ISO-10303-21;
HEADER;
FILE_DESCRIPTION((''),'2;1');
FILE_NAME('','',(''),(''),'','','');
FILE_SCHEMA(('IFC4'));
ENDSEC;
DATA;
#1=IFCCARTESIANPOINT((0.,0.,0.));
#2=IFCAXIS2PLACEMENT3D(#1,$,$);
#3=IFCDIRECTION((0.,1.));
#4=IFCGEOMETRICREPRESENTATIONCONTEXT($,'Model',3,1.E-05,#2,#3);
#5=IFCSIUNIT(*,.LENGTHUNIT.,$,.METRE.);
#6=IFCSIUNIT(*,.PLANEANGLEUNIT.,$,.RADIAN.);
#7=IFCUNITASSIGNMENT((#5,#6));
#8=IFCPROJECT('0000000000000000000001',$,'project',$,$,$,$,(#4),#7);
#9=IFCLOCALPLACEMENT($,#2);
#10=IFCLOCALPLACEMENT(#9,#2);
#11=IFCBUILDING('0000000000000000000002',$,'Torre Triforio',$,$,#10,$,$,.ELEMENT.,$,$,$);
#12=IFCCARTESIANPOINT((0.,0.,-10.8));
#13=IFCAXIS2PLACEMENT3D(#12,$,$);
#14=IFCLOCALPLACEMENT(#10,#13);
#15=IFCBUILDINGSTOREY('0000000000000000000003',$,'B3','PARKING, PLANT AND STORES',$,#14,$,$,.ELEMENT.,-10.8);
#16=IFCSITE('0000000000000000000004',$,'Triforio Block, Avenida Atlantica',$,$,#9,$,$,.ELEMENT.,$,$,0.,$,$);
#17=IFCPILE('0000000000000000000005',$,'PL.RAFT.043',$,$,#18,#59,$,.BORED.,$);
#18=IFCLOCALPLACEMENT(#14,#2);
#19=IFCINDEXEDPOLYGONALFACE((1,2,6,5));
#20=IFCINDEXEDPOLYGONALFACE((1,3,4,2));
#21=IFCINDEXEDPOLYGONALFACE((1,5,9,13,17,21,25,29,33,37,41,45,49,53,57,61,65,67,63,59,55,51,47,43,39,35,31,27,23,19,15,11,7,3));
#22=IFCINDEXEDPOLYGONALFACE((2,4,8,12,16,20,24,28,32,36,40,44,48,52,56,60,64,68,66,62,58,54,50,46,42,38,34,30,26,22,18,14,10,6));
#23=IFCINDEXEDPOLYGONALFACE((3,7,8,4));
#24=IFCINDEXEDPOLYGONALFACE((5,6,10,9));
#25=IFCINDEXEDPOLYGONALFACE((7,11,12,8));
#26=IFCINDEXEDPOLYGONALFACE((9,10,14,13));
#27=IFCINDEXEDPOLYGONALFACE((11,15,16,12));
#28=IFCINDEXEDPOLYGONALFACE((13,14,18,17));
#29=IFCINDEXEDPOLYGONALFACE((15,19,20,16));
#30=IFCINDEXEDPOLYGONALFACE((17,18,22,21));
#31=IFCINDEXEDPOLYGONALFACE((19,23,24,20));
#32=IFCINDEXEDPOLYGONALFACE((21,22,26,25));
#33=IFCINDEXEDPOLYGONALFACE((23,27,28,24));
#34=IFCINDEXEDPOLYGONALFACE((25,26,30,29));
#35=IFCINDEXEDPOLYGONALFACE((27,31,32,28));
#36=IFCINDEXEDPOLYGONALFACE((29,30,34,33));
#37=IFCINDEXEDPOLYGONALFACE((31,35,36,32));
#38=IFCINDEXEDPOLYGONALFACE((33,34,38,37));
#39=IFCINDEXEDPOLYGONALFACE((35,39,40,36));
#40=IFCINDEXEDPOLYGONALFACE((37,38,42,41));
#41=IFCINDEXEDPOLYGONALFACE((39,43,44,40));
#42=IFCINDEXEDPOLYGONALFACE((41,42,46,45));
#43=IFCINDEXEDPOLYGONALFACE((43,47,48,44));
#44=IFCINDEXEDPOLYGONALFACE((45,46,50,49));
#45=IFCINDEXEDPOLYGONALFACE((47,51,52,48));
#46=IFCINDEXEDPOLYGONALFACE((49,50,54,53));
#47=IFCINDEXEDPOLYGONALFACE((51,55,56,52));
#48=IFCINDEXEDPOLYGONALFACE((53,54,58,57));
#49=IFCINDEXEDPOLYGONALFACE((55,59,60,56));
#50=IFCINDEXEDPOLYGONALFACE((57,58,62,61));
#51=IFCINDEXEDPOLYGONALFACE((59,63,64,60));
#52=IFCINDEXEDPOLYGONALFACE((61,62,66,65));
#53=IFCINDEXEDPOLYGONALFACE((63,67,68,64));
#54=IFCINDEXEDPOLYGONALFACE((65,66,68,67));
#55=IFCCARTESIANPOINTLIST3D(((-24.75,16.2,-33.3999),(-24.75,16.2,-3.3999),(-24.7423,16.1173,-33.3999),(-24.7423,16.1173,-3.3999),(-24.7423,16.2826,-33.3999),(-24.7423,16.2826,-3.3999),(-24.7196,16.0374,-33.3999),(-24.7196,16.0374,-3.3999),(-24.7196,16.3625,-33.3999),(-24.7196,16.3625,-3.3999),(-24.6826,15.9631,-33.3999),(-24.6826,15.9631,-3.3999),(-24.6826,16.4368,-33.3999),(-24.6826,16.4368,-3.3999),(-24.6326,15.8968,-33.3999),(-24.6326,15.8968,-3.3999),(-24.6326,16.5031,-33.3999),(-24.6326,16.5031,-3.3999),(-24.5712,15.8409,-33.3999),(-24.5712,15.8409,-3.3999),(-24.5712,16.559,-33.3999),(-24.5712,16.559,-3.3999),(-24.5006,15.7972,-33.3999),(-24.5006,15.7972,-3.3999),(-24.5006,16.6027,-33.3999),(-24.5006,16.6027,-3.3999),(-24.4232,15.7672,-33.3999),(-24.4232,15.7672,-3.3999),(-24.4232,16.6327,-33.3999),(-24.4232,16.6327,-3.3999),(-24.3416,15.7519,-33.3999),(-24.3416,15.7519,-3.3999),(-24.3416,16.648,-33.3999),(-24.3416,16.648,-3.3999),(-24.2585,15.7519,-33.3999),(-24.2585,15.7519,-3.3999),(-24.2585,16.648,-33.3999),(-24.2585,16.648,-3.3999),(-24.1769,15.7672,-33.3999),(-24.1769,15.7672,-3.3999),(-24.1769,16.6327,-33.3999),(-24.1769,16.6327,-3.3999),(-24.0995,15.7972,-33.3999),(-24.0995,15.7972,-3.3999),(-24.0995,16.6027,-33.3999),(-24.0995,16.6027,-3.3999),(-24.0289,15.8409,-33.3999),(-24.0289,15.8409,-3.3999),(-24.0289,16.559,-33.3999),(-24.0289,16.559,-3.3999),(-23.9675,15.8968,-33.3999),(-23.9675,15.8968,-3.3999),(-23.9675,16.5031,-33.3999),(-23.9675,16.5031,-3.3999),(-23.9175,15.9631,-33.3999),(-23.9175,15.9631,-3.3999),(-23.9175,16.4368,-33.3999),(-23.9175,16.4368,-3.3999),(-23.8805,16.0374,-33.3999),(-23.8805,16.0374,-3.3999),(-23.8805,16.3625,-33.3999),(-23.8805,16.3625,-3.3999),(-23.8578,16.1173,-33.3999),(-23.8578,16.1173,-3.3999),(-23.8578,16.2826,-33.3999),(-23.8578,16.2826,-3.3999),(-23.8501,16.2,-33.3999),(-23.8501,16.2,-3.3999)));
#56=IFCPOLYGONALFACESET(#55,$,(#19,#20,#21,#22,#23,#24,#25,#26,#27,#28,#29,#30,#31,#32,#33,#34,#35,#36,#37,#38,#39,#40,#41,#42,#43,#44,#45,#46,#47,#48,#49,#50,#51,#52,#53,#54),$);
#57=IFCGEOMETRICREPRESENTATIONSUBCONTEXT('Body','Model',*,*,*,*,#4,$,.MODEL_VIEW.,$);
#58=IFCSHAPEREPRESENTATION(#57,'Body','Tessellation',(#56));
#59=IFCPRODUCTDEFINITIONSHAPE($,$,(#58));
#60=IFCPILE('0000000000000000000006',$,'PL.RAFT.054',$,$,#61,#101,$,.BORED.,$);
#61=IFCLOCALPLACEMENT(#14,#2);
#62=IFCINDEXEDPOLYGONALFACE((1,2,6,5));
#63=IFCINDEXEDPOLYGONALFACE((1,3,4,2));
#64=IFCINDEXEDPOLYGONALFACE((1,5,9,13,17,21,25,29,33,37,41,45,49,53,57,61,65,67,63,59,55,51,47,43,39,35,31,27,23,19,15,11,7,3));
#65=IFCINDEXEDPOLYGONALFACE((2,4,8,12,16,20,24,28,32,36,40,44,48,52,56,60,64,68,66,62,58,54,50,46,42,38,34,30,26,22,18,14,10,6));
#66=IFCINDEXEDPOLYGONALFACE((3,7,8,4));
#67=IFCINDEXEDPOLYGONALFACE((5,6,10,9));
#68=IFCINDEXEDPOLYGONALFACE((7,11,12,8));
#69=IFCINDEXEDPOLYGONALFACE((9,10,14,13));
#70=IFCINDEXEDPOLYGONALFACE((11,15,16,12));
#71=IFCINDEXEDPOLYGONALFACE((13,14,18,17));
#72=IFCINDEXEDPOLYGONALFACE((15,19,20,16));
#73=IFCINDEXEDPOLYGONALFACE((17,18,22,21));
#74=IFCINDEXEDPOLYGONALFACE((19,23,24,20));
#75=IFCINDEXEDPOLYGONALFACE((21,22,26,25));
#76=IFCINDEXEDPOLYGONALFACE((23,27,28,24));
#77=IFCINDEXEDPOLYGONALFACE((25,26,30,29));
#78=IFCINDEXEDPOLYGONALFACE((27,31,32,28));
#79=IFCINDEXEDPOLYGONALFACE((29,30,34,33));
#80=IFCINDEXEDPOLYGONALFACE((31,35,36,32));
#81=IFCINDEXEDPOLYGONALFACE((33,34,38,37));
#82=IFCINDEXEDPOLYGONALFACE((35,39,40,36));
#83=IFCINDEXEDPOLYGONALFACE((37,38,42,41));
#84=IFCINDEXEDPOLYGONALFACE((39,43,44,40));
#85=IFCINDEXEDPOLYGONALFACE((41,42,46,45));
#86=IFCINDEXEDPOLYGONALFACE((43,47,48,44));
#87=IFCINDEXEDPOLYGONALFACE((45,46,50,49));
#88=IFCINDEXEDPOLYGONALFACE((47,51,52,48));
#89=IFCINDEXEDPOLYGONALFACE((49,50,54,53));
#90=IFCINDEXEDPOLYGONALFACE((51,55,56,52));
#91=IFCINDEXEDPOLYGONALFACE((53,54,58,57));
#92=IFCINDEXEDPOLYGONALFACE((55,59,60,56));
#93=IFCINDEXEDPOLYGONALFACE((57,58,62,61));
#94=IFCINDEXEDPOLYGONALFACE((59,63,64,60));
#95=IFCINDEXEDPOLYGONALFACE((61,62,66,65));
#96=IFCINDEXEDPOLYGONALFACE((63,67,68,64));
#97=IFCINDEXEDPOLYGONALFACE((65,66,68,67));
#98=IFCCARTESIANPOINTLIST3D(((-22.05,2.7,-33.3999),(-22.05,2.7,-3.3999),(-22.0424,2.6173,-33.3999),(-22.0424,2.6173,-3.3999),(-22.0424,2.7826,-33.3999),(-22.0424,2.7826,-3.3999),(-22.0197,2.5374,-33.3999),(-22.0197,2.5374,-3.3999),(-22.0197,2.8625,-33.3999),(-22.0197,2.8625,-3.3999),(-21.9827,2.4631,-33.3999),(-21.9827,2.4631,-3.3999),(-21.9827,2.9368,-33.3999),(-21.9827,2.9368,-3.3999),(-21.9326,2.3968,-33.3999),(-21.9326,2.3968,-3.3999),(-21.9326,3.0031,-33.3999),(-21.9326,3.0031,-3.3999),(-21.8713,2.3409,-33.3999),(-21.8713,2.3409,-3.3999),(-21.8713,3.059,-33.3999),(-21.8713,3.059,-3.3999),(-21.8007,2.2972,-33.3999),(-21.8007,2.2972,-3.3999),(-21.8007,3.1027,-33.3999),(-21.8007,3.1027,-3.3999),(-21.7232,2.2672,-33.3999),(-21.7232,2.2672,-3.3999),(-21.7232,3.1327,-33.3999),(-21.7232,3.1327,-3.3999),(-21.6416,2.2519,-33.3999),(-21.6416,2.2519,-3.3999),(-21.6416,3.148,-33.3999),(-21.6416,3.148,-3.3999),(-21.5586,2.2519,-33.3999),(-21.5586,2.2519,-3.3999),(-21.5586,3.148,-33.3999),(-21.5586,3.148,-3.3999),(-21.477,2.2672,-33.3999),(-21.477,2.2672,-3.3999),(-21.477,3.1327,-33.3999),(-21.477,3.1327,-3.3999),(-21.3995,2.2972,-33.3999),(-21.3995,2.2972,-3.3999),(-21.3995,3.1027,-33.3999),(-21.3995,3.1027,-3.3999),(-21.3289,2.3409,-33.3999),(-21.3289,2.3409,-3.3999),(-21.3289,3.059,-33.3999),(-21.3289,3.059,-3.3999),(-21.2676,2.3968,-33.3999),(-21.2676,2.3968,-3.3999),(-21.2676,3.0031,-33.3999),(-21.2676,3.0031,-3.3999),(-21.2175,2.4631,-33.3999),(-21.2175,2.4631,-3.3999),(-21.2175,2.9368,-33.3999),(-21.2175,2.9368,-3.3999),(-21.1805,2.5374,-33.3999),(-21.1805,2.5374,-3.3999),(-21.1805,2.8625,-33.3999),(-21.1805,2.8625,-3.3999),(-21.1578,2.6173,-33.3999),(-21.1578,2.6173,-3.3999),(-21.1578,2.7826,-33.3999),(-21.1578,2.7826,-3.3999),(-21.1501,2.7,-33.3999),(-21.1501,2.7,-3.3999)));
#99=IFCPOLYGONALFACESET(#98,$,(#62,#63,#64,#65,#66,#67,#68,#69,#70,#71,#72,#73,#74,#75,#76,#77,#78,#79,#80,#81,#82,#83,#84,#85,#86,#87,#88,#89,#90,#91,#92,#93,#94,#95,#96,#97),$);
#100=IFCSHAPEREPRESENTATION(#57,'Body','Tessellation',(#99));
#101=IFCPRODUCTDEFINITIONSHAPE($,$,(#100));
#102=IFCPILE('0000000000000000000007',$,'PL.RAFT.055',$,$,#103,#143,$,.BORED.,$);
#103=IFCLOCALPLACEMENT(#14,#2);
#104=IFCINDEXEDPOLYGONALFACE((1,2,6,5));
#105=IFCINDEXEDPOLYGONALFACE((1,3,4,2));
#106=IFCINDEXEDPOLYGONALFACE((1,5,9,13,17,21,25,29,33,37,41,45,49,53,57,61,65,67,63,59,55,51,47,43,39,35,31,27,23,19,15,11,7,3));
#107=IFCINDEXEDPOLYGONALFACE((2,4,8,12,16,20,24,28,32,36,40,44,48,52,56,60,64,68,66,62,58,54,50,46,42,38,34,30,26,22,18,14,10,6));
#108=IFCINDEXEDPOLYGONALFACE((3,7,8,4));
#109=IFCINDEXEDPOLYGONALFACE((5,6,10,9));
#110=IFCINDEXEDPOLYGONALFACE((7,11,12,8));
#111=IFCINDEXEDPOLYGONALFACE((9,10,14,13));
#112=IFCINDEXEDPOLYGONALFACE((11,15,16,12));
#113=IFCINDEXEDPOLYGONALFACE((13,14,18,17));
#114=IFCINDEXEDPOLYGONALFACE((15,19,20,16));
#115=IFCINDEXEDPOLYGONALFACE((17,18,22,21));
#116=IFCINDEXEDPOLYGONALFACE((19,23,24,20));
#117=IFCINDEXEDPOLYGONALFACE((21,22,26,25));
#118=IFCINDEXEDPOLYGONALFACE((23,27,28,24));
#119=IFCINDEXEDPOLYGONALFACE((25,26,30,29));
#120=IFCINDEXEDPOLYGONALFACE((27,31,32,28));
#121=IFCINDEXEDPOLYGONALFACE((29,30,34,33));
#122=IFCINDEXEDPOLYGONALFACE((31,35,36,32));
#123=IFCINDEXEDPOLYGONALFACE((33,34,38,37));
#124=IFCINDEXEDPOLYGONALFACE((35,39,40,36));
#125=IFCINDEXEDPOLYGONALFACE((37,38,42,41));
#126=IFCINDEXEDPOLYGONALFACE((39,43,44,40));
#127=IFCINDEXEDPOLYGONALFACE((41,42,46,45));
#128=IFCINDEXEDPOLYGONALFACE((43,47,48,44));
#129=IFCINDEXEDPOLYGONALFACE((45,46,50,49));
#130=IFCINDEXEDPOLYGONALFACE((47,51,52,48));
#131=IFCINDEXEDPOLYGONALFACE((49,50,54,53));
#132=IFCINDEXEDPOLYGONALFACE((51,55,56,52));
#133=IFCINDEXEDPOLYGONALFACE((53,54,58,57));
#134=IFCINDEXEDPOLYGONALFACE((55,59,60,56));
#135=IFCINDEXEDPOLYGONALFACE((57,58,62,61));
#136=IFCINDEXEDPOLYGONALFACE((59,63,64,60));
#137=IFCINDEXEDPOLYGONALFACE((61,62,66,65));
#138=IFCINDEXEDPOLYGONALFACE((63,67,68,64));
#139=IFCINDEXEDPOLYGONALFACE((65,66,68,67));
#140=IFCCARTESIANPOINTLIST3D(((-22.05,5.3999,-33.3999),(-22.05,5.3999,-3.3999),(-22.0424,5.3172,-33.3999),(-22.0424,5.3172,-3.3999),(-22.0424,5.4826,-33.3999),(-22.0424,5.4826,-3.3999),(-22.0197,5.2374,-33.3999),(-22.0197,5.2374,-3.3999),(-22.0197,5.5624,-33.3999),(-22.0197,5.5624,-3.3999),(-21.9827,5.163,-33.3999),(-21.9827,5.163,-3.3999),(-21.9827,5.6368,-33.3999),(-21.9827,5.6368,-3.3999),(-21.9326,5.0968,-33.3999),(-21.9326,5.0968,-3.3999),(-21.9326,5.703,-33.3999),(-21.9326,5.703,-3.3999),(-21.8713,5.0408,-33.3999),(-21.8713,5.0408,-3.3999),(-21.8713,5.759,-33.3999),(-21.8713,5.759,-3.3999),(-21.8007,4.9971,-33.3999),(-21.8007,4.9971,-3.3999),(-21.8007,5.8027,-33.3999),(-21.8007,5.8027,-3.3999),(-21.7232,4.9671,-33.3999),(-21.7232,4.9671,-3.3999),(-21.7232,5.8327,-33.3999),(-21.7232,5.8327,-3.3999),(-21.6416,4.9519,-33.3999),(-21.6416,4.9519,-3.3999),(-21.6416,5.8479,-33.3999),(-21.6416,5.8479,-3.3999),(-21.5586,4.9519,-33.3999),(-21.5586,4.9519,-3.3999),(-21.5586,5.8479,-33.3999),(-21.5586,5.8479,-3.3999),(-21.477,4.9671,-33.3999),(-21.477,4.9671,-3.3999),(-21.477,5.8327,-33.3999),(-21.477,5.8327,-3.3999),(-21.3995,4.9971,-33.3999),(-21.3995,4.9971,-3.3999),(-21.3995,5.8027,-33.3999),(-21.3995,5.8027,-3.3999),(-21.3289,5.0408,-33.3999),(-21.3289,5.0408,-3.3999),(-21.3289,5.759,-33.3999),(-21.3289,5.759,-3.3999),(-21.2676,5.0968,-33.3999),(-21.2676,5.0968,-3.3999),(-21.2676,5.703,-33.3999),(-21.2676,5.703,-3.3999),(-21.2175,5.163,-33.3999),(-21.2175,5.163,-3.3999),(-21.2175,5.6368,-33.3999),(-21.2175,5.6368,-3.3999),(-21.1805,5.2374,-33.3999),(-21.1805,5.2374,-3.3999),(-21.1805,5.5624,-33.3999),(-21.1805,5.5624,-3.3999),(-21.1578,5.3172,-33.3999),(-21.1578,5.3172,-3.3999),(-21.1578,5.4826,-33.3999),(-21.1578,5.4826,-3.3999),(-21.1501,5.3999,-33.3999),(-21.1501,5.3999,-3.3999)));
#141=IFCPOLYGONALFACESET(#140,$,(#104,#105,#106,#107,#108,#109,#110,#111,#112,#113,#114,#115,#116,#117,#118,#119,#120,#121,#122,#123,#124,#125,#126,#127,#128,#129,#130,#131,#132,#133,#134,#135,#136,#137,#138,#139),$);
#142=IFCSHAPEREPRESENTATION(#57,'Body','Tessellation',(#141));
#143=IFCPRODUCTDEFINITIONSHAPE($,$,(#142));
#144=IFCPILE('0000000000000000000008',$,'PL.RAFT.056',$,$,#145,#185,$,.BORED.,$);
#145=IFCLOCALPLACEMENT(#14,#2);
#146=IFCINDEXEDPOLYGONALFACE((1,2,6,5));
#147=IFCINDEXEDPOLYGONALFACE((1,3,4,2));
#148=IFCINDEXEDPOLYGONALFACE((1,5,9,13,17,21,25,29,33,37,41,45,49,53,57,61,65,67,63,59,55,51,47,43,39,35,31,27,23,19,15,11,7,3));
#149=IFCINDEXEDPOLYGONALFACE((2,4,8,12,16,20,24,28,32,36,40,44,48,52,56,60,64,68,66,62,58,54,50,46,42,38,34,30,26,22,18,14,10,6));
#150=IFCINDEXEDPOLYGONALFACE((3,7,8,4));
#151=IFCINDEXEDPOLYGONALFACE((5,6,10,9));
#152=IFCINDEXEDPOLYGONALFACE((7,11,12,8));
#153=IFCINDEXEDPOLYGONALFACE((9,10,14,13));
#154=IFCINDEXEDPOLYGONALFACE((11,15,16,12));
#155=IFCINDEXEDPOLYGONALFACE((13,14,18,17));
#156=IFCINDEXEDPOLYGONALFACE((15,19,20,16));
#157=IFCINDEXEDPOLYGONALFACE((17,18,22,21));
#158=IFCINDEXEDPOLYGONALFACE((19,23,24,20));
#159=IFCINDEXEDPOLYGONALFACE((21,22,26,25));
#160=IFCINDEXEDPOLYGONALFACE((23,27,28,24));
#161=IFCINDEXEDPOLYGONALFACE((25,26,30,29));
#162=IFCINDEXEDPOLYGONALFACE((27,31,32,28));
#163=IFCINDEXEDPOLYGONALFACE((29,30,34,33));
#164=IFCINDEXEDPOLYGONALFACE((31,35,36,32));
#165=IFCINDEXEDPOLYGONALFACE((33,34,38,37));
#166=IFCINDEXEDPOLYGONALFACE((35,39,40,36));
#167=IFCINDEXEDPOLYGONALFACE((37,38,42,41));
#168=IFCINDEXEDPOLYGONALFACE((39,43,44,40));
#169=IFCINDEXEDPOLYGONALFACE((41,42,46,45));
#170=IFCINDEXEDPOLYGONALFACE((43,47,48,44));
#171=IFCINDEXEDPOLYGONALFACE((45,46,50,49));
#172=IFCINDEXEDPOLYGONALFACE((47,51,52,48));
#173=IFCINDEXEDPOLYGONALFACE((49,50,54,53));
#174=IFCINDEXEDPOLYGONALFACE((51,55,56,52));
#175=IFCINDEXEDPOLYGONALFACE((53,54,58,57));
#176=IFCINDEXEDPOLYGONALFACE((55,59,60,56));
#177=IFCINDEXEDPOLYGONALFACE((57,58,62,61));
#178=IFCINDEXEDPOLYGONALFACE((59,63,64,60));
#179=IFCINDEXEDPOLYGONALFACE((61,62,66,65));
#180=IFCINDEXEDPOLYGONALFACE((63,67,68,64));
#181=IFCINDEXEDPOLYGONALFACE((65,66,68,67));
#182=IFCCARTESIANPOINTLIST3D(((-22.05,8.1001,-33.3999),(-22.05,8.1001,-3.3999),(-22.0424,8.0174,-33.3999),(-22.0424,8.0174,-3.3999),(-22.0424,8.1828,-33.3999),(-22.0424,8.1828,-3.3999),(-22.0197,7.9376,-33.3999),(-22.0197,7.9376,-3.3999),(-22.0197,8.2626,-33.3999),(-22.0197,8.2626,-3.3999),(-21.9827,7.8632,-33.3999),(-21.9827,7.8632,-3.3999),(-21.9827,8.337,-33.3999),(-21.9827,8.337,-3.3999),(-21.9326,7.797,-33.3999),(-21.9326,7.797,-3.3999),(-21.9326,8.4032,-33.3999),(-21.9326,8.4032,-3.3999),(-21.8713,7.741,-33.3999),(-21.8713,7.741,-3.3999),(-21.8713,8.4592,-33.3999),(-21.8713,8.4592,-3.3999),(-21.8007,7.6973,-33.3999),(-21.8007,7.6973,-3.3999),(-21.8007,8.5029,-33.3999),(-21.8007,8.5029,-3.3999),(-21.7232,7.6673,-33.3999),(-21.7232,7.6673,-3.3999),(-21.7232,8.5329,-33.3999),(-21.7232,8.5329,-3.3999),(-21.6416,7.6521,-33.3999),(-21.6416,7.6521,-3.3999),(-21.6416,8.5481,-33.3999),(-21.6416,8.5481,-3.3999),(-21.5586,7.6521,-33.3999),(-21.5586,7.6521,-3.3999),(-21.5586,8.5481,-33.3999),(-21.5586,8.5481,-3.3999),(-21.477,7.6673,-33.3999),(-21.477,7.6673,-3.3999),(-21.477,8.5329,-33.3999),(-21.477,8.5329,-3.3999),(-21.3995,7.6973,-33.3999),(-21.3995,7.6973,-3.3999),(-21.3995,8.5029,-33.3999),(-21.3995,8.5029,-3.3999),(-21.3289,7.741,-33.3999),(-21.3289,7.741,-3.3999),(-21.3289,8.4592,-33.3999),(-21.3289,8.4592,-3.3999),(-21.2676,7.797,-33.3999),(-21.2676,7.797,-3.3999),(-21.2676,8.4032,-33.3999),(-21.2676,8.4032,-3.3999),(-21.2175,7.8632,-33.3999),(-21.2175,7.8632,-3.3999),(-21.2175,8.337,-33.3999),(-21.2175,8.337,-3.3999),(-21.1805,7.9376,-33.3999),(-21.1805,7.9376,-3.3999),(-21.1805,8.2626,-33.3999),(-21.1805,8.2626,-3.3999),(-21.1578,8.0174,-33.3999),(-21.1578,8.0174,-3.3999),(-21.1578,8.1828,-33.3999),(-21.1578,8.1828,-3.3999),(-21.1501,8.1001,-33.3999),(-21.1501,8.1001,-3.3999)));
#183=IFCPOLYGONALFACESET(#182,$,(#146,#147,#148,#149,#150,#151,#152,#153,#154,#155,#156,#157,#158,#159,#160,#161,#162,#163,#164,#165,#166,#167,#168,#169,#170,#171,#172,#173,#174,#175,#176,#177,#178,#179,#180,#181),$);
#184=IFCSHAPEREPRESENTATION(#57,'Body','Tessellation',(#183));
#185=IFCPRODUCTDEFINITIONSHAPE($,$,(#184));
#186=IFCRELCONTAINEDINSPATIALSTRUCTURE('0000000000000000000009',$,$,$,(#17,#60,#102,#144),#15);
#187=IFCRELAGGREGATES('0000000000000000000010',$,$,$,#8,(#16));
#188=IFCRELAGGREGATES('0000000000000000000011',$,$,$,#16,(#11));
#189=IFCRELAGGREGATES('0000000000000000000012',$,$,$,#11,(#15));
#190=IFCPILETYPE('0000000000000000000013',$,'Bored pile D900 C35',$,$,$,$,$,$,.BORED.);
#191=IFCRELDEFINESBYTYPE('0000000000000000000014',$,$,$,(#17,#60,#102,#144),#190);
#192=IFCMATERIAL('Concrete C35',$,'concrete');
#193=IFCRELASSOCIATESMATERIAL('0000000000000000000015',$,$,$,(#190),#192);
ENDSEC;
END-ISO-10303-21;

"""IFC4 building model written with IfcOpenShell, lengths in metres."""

from ifc_helpers import new_model, si_unit, direction, frame, origin, origin_2d, place, context, subcontext, project, spatial, circle, extrude, material, material_profile, profile_set, type_object, element, save


model = new_model("IFC4")

# Units and contexts
model_context = context("Model", 3, precision=1e-05, world=origin(), true_north=direction((0.0, 1.0)))
body_context = subcontext(model_context, "Body", "Model", "MODEL_VIEW")
ifc_project = project(units=[si_unit("LENGTHUNIT", "METRE"), si_unit("PLANEANGLEUNIT", "RADIAN")], contexts=[model_context])

# Site, building, storey
site_placement = place(None, origin())
site = spatial("IfcSite", under=ifc_project, at=site_placement, Name="Triforio Block, Avenida Atlantica", CompositionType="ELEMENT", RefElevation=0.0)
building_placement = place(site_placement, origin())
building = spatial("IfcBuilding", under=site, at=building_placement, Name="Torre Triforio", CompositionType="ELEMENT")
storey_placement = place(building_placement, frame((0.0, 0.0, -10.8)))
storey = spatial("IfcBuildingStorey", under=building, at=storey_placement, Name="B3", Description="PARKING, PLANT AND STORES", CompositionType="ELEMENT", Elevation=-10.8)

# Piles
ifc_material_1 = material(Name="Concrete C35", Category="concrete")
ifc_material_profile_1 = material_profile(ifc_material_1, circle(Radius=0.45, at=origin_2d()), Name="RC D900")
ifc_profile_set_1 = profile_set([ifc_material_profile_1], Name="Concrete C35")
pile_type = type_object("IfcPileType", Name="Bored pile D900 C35", PredefinedType="BORED", material=ifc_profile_set_1)
for number, where, z_axis, x_axis, name in (
    (1, (-24.3, 16.2, -3.3999), (0.0, 0.0, -1.0), (1.0, 0.0, 0.0), "PL.RAFT.043"),
    (2, (-21.6001, 2.7, -3.3999), (0.0, 0.0, -1.0), (1.0, 0.0, 0.0), "PL.RAFT.054"),
    (3, (-21.6001, 5.3999, -3.3999), (0.0, 0.0, -1.0), (1.0, 0.0, 0.0), "PL.RAFT.055"),
    (4, (-21.6001, 8.1001, -3.3999), (0.0, 0.0, -1.0), (1.0, 0.0, 0.0), "PL.RAFT.056"),
):
    element("IfcPile", number, at=place(storey_placement, frame(where, z_axis=z_axis, x_axis=x_axis)), inside=storey, type_object=pile_type, Name=name, PredefinedType="BORED", context=body_context, shape_type="SweptSolid", body=[
        extrude(circle(Radius=0.45, at=origin_2d()), origin(), (0.0, 0.0, 1.0), 30.0),
    ])

save(model, "model.ifc")
